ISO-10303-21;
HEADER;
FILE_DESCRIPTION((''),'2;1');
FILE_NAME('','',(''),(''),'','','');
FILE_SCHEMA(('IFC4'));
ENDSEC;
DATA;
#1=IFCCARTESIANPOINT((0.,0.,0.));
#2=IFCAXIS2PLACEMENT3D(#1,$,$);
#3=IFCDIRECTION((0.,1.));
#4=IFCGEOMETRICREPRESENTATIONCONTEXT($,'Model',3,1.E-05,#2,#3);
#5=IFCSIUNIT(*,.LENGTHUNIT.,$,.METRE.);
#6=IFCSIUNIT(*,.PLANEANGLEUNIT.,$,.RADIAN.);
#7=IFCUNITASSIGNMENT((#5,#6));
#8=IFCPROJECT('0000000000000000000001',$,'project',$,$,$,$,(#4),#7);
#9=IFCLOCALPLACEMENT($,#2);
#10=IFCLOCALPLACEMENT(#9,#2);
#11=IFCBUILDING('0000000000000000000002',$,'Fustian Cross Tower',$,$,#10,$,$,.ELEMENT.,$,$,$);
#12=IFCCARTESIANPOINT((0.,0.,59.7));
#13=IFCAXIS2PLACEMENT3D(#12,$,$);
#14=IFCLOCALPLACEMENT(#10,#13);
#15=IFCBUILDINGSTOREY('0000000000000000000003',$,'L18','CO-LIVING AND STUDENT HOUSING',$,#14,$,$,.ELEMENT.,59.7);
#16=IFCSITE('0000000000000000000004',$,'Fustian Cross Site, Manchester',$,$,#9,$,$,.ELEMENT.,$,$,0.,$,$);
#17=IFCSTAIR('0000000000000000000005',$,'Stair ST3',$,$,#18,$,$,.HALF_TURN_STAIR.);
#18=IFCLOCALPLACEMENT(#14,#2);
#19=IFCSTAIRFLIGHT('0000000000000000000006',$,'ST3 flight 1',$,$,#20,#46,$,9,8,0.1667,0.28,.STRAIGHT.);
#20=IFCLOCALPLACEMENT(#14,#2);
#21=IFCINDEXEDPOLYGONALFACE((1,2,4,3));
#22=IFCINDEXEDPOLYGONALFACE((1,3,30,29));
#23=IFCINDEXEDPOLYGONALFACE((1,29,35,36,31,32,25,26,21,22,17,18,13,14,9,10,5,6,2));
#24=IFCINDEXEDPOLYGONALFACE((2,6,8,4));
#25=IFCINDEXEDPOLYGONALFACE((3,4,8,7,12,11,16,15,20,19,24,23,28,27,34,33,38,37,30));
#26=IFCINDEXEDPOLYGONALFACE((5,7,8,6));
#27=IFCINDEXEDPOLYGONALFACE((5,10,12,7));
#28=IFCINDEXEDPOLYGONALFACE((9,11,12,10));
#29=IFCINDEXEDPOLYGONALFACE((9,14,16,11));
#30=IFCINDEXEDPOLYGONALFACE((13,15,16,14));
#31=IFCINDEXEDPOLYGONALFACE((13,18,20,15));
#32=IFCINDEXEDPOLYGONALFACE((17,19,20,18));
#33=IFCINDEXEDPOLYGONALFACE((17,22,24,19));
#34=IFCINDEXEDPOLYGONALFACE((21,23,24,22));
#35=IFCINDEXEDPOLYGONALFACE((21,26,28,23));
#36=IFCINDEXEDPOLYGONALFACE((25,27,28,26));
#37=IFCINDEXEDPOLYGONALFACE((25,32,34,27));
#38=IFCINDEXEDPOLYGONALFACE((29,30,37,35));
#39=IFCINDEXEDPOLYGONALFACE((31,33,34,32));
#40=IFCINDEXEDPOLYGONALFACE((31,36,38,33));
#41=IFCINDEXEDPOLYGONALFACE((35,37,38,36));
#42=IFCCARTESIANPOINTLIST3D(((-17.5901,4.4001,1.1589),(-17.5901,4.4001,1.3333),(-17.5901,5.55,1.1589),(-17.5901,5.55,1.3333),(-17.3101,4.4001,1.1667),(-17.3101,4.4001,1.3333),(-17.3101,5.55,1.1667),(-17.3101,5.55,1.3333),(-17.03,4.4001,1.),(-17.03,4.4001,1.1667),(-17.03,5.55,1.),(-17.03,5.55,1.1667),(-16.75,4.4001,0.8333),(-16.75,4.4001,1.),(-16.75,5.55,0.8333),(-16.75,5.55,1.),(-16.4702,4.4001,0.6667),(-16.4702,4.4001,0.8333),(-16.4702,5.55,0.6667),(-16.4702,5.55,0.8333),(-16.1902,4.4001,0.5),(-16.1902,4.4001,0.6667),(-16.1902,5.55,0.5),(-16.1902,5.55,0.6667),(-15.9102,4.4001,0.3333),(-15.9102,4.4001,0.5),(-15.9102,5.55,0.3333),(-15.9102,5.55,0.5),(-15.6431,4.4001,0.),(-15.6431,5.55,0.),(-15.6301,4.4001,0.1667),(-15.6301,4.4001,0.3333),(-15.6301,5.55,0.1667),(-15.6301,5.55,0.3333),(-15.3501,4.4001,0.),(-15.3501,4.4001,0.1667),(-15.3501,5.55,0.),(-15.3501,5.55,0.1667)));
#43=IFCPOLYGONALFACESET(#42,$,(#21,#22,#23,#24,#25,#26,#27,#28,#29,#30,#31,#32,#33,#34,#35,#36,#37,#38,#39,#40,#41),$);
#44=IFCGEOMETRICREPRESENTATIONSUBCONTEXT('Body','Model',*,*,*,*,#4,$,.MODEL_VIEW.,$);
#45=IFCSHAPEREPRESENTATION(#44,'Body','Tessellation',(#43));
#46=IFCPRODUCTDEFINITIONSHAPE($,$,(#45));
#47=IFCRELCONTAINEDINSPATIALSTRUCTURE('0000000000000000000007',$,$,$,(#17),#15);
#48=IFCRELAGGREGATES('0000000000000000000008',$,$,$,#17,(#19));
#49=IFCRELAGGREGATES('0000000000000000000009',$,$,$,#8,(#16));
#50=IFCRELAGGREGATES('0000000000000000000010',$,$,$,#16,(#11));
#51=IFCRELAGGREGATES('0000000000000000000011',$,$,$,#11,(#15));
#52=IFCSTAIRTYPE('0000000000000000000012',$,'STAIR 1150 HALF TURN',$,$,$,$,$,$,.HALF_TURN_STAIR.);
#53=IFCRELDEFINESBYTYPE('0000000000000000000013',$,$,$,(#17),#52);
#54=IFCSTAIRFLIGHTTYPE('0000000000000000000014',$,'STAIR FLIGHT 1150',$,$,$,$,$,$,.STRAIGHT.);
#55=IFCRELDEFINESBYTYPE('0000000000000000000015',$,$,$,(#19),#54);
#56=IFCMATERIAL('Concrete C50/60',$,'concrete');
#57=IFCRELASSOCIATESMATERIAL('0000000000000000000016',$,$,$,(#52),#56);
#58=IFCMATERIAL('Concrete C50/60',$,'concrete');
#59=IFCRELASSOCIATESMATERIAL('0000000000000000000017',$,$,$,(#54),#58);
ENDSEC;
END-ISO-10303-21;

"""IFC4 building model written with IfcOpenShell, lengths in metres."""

from ifc_helpers import new_model, si_unit, direction, frame, origin, place, context, subcontext, project, spatial, polyline, outline, extrude, material, type_object, element, aggregate, save


model = new_model("IFC4")

# Units and contexts
model_context = context("Model", 3, precision=1e-05, world=origin(), true_north=direction((0.0, 1.0)))
body_context = subcontext(model_context, "Body", "Model", "MODEL_VIEW")
ifc_project = project(units=[si_unit("LENGTHUNIT", "METRE"), si_unit("PLANEANGLEUNIT", "RADIAN")], contexts=[model_context])

# Site, building, storey
site_placement = place(None, origin())
site = spatial("IfcSite", under=ifc_project, at=site_placement, Name="Fustian Cross Site, Manchester", CompositionType="ELEMENT", RefElevation=0.0)
building_placement = place(site_placement, origin())
building = spatial("IfcBuilding", under=site, at=building_placement, Name="Fustian Cross Tower", CompositionType="ELEMENT")
storey_placement = place(building_placement, frame((0.0, 0.0, 59.7)))
storey = spatial("IfcBuildingStorey", under=building, at=storey_placement, Name="L18", Description="CO-LIVING AND STUDENT HOUSING", CompositionType="ELEMENT", Elevation=59.7)

# Stair, stair flight
ifc_material_1 = material(Name="Concrete C50/60", Category="concrete")
stair_type = type_object("IfcStairType", Name="STAIR 1150 HALF TURN", PredefinedType="HALF_TURN_STAIR", material=ifc_material_1)
stair_placement = place(storey_placement, origin())
stair = element("IfcStair", 1, at=stair_placement, inside=storey, type_object=stair_type, Name="Stair ST3", PredefinedType="HALF_TURN_STAIR")
ifc_material_2 = material(Name="Concrete C50/60", Category="concrete")
stair_flight_type = type_object("IfcStairFlightType", Name="STAIR FLIGHT 1150", PredefinedType="STRAIGHT", material=ifc_material_2)
stair_flight_placement = place(storey_placement, frame((-15.3501, 4.9751, 0.0), z_axis=(0.0, 0.0, 1.0), x_axis=(-1.0, 0.0, 0.0)))
stair_flight = element("IfcStairFlight", 2, at=stair_flight_placement, type_object=stair_flight_type, Name="ST3 flight 1", NumberOfRisers=9, NumberOfTreads=8, PredefinedType="STRAIGHT", RiserHeight=0.1667, TreadLength=0.28, context=body_context, shape_type="SweptSolid", body=[
    extrude(outline(polyline([(0.0, 0.0), (0.0, 0.1667), (0.28, 0.1667), (0.28, 0.3333), (0.5601, 0.3333), (0.5601, 0.5), (0.8401, 0.5), (0.8401, 0.6667), (1.1201, 0.6667), (1.1201, 0.8333), (1.3999, 0.8333), (1.3999, 1.0), (1.6799, 1.0), (1.6799, 1.1667), (1.96, 1.1667), (1.96, 1.3333), (2.24, 1.3333), (2.24, 1.5), (2.24, 1.1589), (0.293, 0.0), (0.0, 0.0)])), frame((0.0, 0.575, 0.0), z_axis=(0.0, -1.0, 0.0), x_axis=(1.0, 0.0, 0.0)), (0.0, 0.0, 1.0), 1.1499),
])
aggregate(stair, [stair_flight])

save(model, "model.ifc")
